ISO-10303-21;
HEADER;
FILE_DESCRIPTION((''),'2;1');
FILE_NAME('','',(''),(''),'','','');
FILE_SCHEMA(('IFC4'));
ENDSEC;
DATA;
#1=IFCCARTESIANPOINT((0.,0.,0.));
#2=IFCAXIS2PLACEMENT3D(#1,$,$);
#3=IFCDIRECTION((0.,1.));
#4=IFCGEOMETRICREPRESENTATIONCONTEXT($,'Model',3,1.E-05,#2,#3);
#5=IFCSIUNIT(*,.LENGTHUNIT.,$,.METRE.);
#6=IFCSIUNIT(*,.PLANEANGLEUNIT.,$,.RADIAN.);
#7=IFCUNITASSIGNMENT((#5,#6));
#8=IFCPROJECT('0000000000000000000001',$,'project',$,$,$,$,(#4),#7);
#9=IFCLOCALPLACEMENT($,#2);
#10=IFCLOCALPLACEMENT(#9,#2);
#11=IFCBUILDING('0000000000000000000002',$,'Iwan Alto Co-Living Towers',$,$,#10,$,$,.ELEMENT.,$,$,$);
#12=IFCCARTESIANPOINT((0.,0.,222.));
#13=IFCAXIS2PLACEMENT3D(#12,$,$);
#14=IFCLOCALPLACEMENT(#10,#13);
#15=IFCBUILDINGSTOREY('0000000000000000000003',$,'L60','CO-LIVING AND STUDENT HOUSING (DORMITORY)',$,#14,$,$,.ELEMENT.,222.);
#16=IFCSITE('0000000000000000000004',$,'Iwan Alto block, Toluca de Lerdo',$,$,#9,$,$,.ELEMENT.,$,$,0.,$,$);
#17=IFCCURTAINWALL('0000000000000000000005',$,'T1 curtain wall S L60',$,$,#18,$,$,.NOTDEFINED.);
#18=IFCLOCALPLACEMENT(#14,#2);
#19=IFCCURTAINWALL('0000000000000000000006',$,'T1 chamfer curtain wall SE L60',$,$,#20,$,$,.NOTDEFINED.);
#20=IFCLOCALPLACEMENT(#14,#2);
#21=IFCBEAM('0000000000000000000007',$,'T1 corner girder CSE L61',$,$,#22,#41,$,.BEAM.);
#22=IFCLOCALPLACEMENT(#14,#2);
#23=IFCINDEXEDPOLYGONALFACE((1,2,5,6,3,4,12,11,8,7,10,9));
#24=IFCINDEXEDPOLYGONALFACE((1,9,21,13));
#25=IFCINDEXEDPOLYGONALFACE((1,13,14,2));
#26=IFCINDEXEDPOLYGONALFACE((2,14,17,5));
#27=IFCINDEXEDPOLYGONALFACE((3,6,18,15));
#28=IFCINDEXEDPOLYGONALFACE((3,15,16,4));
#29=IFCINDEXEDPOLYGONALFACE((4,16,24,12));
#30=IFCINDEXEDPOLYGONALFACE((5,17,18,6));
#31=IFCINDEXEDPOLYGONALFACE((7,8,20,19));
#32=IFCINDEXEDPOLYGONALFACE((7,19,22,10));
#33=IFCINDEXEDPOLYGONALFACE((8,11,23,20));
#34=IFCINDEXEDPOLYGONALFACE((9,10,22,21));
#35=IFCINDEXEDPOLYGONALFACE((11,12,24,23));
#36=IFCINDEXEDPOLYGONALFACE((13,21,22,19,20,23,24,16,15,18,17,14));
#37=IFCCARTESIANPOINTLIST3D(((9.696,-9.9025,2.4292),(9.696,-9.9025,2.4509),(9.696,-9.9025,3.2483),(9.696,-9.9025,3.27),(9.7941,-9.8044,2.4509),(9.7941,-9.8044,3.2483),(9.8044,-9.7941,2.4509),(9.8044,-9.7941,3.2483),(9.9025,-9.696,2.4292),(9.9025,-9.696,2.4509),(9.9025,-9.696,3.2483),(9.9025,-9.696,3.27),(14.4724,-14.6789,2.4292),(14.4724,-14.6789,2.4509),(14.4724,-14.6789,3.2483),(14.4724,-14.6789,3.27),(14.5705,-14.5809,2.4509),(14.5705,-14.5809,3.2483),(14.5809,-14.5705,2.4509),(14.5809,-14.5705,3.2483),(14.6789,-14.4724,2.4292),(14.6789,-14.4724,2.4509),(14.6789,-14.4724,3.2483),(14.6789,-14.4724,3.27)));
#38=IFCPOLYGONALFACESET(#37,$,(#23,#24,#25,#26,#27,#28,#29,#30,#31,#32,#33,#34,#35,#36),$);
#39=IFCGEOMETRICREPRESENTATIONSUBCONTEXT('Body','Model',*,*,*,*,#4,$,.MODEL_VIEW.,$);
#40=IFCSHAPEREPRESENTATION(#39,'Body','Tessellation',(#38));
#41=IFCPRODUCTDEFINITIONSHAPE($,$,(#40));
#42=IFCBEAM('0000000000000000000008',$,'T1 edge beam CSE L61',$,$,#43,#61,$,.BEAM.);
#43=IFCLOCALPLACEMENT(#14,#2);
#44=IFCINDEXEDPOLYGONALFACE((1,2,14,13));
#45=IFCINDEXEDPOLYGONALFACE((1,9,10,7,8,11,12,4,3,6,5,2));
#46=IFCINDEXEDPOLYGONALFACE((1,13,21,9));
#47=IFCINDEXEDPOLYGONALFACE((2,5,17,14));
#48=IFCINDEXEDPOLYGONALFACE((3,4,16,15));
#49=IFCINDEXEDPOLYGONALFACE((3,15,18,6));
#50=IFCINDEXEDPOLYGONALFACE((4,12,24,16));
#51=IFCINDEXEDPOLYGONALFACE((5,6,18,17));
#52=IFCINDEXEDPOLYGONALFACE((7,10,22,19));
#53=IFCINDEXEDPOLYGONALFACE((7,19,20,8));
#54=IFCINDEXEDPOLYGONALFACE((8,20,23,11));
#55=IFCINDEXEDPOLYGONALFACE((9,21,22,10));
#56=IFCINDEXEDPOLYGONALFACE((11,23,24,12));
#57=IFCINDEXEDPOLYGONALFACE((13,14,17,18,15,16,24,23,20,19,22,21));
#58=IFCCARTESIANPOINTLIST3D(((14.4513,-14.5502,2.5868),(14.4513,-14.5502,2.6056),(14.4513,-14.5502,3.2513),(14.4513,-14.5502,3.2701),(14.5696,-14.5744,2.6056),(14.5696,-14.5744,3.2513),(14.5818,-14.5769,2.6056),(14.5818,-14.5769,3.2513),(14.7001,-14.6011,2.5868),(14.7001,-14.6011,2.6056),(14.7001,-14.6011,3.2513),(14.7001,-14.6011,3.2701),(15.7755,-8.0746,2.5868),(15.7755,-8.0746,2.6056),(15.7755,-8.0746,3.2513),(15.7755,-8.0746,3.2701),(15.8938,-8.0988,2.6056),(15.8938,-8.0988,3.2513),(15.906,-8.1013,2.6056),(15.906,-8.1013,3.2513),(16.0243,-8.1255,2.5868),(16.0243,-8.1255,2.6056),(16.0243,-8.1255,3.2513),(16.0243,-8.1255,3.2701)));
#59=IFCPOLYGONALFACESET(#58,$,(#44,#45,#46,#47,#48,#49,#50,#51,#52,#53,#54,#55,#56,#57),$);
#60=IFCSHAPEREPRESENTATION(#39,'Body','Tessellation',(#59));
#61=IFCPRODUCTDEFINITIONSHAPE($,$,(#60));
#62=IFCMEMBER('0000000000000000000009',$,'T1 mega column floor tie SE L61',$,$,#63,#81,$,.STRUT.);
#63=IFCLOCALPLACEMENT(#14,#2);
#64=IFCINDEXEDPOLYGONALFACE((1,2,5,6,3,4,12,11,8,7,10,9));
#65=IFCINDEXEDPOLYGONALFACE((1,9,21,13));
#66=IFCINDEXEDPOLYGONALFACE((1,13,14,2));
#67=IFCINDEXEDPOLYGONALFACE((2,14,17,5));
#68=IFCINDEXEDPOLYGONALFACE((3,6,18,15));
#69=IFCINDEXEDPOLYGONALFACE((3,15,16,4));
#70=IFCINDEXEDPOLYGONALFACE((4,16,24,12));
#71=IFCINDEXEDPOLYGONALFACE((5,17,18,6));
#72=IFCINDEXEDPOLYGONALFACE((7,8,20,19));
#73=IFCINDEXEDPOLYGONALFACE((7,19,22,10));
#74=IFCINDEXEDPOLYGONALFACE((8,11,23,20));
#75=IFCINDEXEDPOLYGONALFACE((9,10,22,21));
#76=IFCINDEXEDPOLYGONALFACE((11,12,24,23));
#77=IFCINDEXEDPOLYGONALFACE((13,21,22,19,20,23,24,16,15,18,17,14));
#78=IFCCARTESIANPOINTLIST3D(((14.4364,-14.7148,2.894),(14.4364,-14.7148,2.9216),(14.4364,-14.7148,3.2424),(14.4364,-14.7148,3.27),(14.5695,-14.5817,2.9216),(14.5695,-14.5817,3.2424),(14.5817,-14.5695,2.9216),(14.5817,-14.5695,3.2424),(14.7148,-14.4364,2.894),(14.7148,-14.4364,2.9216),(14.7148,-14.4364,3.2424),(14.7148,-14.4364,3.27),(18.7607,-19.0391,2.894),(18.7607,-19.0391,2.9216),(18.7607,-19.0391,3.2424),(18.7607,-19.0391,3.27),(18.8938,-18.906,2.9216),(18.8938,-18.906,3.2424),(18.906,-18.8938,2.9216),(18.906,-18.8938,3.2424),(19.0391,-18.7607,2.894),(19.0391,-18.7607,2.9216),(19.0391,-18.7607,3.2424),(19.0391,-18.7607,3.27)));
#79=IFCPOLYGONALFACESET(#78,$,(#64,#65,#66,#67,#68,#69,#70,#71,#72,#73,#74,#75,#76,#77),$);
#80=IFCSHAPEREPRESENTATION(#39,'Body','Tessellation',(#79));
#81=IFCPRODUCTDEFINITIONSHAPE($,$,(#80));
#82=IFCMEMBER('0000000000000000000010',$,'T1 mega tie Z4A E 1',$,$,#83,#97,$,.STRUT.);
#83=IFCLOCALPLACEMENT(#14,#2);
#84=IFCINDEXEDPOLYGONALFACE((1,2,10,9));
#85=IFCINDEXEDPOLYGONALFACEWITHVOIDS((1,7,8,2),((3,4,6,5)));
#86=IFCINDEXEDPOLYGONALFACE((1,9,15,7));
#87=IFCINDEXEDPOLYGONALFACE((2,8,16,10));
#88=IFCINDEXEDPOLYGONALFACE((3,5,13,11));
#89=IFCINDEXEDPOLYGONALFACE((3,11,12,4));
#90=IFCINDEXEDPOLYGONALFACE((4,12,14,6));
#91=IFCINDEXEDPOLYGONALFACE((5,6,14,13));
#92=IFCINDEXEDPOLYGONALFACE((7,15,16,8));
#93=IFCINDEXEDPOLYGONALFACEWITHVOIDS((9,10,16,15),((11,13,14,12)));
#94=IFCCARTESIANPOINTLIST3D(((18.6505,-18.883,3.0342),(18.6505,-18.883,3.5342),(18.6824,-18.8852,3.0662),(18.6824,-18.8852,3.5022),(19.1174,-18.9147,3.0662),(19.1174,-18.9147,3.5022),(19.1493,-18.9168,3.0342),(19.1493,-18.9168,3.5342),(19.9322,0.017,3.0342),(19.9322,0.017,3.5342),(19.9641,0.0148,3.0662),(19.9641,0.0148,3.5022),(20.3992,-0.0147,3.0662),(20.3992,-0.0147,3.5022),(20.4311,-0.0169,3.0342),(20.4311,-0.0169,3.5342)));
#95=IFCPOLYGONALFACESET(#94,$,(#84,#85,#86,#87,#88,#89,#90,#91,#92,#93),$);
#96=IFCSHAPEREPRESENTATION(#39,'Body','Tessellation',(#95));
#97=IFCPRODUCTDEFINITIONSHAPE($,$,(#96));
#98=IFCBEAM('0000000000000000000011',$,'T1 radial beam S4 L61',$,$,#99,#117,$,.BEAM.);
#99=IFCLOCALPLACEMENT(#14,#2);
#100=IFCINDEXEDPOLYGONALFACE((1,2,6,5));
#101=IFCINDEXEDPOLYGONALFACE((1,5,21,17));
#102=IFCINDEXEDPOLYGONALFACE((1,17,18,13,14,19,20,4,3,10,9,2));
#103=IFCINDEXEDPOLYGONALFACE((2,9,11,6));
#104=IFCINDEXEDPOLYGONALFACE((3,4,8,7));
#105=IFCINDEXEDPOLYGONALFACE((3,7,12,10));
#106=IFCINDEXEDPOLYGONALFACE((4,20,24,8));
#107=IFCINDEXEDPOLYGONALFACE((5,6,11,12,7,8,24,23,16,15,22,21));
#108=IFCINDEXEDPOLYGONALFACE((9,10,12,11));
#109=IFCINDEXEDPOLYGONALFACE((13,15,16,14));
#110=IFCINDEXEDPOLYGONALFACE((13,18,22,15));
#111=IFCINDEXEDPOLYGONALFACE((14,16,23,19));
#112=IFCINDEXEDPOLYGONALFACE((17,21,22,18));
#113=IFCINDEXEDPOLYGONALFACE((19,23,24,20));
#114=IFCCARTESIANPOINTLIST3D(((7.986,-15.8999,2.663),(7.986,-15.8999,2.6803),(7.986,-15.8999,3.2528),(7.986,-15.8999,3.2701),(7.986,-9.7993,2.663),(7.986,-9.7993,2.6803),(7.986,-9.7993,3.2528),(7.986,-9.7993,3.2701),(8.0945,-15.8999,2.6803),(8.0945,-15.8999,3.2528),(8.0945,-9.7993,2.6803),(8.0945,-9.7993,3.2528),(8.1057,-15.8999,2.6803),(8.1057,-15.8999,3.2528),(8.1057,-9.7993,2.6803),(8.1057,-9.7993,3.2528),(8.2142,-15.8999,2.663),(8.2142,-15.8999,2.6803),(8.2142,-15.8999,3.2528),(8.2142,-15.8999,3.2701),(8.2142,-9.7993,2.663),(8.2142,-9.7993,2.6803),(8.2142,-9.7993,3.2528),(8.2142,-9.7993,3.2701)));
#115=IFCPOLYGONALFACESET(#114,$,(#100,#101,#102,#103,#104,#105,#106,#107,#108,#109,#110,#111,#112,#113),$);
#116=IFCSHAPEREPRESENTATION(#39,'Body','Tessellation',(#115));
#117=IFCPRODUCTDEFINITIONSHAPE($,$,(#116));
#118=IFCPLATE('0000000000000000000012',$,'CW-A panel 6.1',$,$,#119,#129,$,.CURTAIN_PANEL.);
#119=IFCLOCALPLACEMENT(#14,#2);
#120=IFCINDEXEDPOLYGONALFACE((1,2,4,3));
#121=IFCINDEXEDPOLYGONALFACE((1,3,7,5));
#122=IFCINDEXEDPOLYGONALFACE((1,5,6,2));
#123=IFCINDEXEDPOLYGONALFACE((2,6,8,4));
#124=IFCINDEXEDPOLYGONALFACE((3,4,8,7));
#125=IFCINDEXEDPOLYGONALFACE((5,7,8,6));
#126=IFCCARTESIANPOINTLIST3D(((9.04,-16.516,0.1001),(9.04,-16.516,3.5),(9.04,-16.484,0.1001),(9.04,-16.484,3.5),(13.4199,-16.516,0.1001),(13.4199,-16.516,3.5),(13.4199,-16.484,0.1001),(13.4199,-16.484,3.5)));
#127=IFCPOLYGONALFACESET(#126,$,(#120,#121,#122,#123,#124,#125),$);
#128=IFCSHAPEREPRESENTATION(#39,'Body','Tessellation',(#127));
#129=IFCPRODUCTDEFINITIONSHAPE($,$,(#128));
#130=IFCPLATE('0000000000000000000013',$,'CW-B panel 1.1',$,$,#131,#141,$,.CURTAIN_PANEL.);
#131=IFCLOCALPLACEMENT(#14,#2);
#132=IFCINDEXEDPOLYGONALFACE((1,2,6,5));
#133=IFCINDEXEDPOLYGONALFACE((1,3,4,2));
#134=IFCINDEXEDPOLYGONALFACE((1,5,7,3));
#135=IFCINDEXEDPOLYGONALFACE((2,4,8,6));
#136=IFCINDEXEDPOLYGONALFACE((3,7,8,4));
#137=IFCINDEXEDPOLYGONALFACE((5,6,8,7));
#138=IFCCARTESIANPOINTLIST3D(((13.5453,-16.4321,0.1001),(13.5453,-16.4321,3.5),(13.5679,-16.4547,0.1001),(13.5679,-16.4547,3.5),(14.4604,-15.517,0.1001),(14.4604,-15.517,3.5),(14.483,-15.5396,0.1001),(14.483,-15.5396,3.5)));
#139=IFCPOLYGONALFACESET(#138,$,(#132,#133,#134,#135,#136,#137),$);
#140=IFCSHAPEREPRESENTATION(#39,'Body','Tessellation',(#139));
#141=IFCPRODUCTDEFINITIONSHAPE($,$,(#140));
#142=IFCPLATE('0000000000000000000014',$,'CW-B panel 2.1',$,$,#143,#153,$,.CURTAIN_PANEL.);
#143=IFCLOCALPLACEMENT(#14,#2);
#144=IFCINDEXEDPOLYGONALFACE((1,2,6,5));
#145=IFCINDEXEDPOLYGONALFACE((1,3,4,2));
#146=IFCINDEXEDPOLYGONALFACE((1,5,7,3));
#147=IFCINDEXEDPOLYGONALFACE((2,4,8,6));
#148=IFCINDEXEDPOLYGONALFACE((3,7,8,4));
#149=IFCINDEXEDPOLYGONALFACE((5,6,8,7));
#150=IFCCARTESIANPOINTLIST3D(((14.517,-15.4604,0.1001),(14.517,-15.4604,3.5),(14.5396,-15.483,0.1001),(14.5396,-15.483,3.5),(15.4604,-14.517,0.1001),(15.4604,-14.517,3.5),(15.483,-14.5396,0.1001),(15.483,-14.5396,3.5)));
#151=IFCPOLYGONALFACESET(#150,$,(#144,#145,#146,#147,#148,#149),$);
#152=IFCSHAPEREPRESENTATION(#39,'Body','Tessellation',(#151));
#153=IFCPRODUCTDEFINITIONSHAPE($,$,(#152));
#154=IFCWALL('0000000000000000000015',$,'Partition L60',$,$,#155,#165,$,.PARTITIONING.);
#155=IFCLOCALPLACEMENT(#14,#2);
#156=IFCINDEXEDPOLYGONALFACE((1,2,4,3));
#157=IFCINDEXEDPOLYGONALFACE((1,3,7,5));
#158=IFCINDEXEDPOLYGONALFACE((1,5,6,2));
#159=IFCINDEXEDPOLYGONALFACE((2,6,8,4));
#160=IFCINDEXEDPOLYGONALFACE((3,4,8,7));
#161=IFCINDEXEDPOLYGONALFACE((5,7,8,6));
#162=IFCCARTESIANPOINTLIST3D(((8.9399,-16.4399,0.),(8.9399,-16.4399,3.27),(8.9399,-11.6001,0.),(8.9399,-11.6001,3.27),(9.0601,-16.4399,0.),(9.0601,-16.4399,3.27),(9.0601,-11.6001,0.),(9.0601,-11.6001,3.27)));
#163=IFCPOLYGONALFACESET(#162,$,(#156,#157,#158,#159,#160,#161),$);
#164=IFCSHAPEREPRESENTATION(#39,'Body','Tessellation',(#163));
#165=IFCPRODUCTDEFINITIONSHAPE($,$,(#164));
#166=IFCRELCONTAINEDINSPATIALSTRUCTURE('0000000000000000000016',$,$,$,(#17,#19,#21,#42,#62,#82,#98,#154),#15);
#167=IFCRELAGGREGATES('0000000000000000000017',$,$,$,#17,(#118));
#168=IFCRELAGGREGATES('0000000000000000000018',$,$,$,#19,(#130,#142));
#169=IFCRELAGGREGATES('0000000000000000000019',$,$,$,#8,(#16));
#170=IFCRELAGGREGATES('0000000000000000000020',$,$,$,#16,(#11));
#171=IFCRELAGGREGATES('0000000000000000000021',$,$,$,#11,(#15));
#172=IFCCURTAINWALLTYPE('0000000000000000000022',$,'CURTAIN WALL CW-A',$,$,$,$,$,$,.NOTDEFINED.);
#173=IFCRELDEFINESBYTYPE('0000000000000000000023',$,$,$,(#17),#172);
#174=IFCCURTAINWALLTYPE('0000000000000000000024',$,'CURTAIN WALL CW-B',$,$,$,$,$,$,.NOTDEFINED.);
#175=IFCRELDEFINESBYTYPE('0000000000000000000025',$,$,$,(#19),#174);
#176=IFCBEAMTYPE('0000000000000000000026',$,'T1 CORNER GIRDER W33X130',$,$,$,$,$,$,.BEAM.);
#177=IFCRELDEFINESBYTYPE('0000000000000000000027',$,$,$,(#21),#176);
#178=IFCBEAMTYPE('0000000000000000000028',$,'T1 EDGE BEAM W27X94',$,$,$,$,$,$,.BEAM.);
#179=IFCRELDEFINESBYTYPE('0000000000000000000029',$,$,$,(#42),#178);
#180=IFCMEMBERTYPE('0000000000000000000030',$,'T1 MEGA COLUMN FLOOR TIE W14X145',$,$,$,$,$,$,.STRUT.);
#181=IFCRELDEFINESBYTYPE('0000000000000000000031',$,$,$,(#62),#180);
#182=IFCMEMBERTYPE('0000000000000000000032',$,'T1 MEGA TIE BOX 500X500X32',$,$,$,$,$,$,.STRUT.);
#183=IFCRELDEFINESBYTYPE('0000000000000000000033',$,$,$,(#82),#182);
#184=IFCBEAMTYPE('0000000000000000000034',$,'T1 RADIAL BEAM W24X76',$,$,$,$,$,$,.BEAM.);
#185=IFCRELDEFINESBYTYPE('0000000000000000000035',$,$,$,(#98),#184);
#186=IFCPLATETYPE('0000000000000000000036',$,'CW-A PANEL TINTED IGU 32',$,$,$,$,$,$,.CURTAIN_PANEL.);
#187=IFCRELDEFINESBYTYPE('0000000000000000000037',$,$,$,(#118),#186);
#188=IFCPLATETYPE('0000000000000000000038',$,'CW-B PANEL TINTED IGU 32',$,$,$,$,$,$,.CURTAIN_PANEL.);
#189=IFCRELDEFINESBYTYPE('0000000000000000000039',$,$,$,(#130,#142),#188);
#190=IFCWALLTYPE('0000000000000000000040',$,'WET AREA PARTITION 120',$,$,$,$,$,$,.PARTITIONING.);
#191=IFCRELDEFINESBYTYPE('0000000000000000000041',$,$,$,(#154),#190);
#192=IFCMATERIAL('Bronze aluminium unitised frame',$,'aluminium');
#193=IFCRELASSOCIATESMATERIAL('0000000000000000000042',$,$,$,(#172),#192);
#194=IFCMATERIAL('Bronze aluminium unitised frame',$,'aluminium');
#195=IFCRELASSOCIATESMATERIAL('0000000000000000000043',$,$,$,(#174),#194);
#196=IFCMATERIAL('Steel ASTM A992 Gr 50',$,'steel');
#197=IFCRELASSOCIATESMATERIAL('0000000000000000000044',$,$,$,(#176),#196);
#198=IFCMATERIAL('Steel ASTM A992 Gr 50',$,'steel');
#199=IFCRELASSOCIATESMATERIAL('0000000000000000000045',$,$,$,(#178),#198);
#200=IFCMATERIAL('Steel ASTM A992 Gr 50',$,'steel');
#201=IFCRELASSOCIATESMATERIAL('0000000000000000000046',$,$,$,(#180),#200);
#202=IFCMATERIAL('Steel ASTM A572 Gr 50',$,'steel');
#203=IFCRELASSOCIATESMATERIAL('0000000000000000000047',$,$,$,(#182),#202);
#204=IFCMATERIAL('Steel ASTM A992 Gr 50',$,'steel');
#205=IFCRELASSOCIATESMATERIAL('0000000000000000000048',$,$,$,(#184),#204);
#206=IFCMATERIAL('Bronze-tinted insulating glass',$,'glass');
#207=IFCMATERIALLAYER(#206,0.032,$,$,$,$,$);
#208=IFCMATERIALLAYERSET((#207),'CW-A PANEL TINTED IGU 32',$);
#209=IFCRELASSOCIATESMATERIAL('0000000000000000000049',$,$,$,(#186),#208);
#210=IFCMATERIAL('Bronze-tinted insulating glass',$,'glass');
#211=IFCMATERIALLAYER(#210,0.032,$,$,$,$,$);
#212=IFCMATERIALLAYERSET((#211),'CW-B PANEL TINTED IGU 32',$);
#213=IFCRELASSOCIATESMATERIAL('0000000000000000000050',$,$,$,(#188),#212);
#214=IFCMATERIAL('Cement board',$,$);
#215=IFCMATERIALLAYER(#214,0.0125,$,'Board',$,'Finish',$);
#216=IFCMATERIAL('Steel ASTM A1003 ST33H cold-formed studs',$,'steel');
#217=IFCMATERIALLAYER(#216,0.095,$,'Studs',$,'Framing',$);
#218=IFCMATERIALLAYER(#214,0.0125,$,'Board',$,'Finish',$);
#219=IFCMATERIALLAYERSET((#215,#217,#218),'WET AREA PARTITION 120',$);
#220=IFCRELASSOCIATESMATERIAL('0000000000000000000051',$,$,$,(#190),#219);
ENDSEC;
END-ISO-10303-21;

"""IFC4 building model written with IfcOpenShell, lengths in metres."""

from ifc_helpers import new_model, si_unit, direction, frame, frame_2d, origin, origin_2d, place, context, subcontext, project, spatial, rectangle, hollow_rectangle, i_section, extrude, material, layer, layer_set, material_profile, profile_set, type_object, element, aggregate, save


model = new_model("IFC4")

# Units and contexts
model_context = context("Model", 3, precision=1e-05, world=origin(), true_north=direction((0.0, 1.0)))
body_context = subcontext(model_context, "Body", "Model", "MODEL_VIEW")
ifc_project = project(units=[si_unit("LENGTHUNIT", "METRE"), si_unit("PLANEANGLEUNIT", "RADIAN")], contexts=[model_context])

# Site, building, storey
site_placement = place(None, origin())
site = spatial("IfcSite", under=ifc_project, at=site_placement, Name="Iwan Alto block, Toluca de Lerdo", CompositionType="ELEMENT", RefElevation=0.0)
building_placement = place(site_placement, origin())
building = spatial("IfcBuilding", under=site, at=building_placement, Name="Iwan Alto Co-Living Towers", CompositionType="ELEMENT")
storey_placement = place(building_placement, frame((0.0, 0.0, 222.0)))
storey = spatial("IfcBuildingStorey", under=building, at=storey_placement, Name="L60", Description="CO-LIVING AND STUDENT HOUSING (DORMITORY)", CompositionType="ELEMENT", Elevation=222.0)

# Curtain walls
ifc_material_1 = material(Name="Bronze aluminium unitised frame", Category="aluminium")
curtain_wall_type_1 = type_object("IfcCurtainWallType", Name="CURTAIN WALL CW-A", PredefinedType="NOTDEFINED", material=ifc_material_1)
curtain_wall_1_placement = place(storey_placement, origin())
curtain_wall_1 = element("IfcCurtainWall", 1, at=curtain_wall_1_placement, inside=storey, type_object=curtain_wall_type_1, Name="T1 curtain wall S L60", PredefinedType="NOTDEFINED")
ifc_material_2 = material(Name="Bronze aluminium unitised frame", Category="aluminium")
curtain_wall_type_2 = type_object("IfcCurtainWallType", Name="CURTAIN WALL CW-B", PredefinedType="NOTDEFINED", material=ifc_material_2)
curtain_wall_2_placement = place(storey_placement, origin())
curtain_wall_2 = element("IfcCurtainWall", 2, at=curtain_wall_2_placement, inside=storey, type_object=curtain_wall_type_2, Name="T1 chamfer curtain wall SE L60", PredefinedType="NOTDEFINED")

# Beams
ifc_material_3 = material(Name="Steel ASTM A992 Gr 50", Category="steel")
ifc_material_profile_1 = material_profile(ifc_material_3, i_section(OverallWidth=0.292, OverallDepth=0.8408, WebThickness=0.0146, FlangeThickness=0.0217, at=origin_2d()), Name="W33X130")
ifc_profile_set_1 = profile_set([ifc_material_profile_1], Name="Steel ASTM A992 Gr 50")
beam_type_1 = type_object("IfcBeamType", Name="T1 CORNER GIRDER W33X130", PredefinedType="BEAM", material=ifc_profile_set_1)
beam_1_placement = place(storey_placement, frame((14.5757, -14.5757, 2.8496), z_axis=(-0.707107, 0.707107, 0.0), x_axis=(-0.707107, -0.707107, 0.0)))
element("IfcBeam", 3, at=beam_1_placement, inside=storey, type_object=beam_type_1, Name="T1 corner girder CSE L61", PredefinedType="BEAM", context=body_context, shape_type="SweptSolid", body=[
    extrude(i_section(OverallWidth=0.292, OverallDepth=0.8408, WebThickness=0.0146, FlangeThickness=0.0217, at=origin_2d()), origin(), (0.0, 0.0, 1.0), 6.7549),
])
ifc_material_4 = material(Name="Steel ASTM A992 Gr 50", Category="steel")
ifc_material_profile_2 = material_profile(ifc_material_4, i_section(OverallWidth=0.2539, OverallDepth=0.6833, WebThickness=0.0125, FlangeThickness=0.0188, at=origin_2d()), Name="W27X94")
ifc_profile_set_2 = profile_set([ifc_material_profile_2], Name="Steel ASTM A992 Gr 50")
beam_type_2 = type_object("IfcBeamType", Name="T1 EDGE BEAM W27X94", PredefinedType="BEAM", material=ifc_profile_set_2)
beam_2_placement = place(storey_placement, frame((14.5757, -14.5757, 2.9285), z_axis=(0.200348, 0.979725, 0.0), x_axis=(-0.979725, 0.200348, 0.0)))
element("IfcBeam", 4, at=beam_2_placement, inside=storey, type_object=beam_type_2, Name="T1 edge beam CSE L61", PredefinedType="BEAM", context=body_context, shape_type="SweptSolid", body=[
    extrude(i_section(OverallWidth=0.2539, OverallDepth=0.6833, WebThickness=0.0125, FlangeThickness=0.0188, at=origin_2d()), origin(), (0.0, 0.0, 1.0), 6.6096),
])

# Members
ifc_material_5 = material(Name="Steel ASTM A992 Gr 50", Category="steel")
ifc_material_profile_3 = material_profile(ifc_material_5, i_section(OverallWidth=0.3938, OverallDepth=0.376, WebThickness=0.0173, FlangeThickness=0.0276, at=origin_2d()), Name="W14X145")
ifc_profile_set_3 = profile_set([ifc_material_profile_3], Name="Steel ASTM A992 Gr 50")
member_type_1 = type_object("IfcMemberType", Name="T1 MEGA COLUMN FLOOR TIE W14X145", PredefinedType="STRUT", material=ifc_profile_set_3)
member_1_placement = place(storey_placement, frame((18.8999, -18.8999, 3.082), z_axis=(-0.707107, 0.707107, 0.0), x_axis=(-0.707107, -0.707107, 0.0)))
element("IfcMember", 5, at=member_1_placement, inside=storey, type_object=member_type_1, Name="T1 mega column floor tie SE L61", PredefinedType="STRUT", context=body_context, shape_type="SweptSolid", body=[
    extrude(i_section(OverallWidth=0.3938, OverallDepth=0.376, WebThickness=0.0173, FlangeThickness=0.0276, at=origin_2d()), origin(), (0.0, 0.0, 1.0), 6.1155),
])
ifc_material_6 = material(Name="Steel ASTM A572 Gr 50", Category="steel")
ifc_material_profile_4 = material_profile(ifc_material_6, hollow_rectangle(XDim=0.5, YDim=0.5, WallThickness=0.032, at=origin_2d()), Name="BOX 500X500X32")
ifc_profile_set_4 = profile_set([ifc_material_profile_4], Name="Steel ASTM A572 Gr 50")
member_type_2 = type_object("IfcMemberType", Name="T1 MEGA TIE BOX 500X500X32", PredefinedType="STRUT", material=ifc_profile_set_4)
member_2_placement = place(storey_placement, frame((18.8999, -18.8999, 3.2842), z_axis=(0.067662, 0.997708, 0.0), x_axis=(-0.997708, 0.067662, 0.0)))
element("IfcMember", 6, at=member_2_placement, inside=storey, type_object=member_type_2, Name="T1 mega tie Z4A E 1", PredefinedType="STRUT", context=body_context, shape_type="SweptSolid", body=[
    extrude(hollow_rectangle(XDim=0.5, YDim=0.5, WallThickness=0.032, at=origin_2d()), origin(), (0.0, 0.0, 1.0), 18.9434),
])

# Beam
ifc_material_7 = material(Name="Steel ASTM A992 Gr 50", Category="steel")
ifc_material_profile_5 = material_profile(ifc_material_7, i_section(OverallWidth=0.2283, OverallDepth=0.6072, WebThickness=0.0112, FlangeThickness=0.0173, at=origin_2d()), Name="W24X76")
ifc_profile_set_5 = profile_set([ifc_material_profile_5], Name="Steel ASTM A992 Gr 50")
beam_type_3 = type_object("IfcBeamType", Name="T1 RADIAL BEAM W24X76", PredefinedType="BEAM", material=ifc_profile_set_5)
beam_3_placement = place(storey_placement, frame((8.1001, -15.8999, 2.9666), z_axis=(0.0, 1.0, 0.0), x_axis=(-1.0, 0.0, 0.0)))
element("IfcBeam", 7, at=beam_3_placement, inside=storey, type_object=beam_type_3, Name="T1 radial beam S4 L61", PredefinedType="BEAM", context=body_context, shape_type="SweptSolid", body=[
    extrude(i_section(OverallWidth=0.2283, OverallDepth=0.6072, WebThickness=0.0112, FlangeThickness=0.0173, at=origin_2d()), origin(), (0.0, 0.0, 1.0), 6.1006),
])

# Plates
ifc_material_8 = material(Name="Bronze-tinted insulating glass", Category="glass")
ifc_layer_1 = layer(ifc_material_8, 0.032)
ifc_layer_set_1 = layer_set([ifc_layer_1], Name="CW-A PANEL TINTED IGU 32")
plate_type_1 = type_object("IfcPlateType", Name="CW-A PANEL TINTED IGU 32", PredefinedType="CURTAIN_PANEL", material=ifc_layer_set_1)
plate_1_placement = place(storey_placement, frame((11.23, -16.5, 0.1001), z_axis=(0.0, 0.0, 1.0), x_axis=(1.0, 0.0, 0.0)))
plate_1 = element("IfcPlate", 8, at=plate_1_placement, type_object=plate_type_1, Name="CW-A panel 6.1", PredefinedType="CURTAIN_PANEL", context=body_context, shape_type="SweptSolid", body=[
    extrude(rectangle(XDim=4.3799, YDim=0.032, at=origin_2d()), origin(), (0.0, 0.0, 1.0), 3.3999),
])
aggregate(curtain_wall_1, [plate_1])
ifc_material_9 = material(Name="Bronze-tinted insulating glass", Category="glass")
ifc_layer_2 = layer(ifc_material_9, 0.032)
ifc_layer_set_2 = layer_set([ifc_layer_2], Name="CW-B PANEL TINTED IGU 32")
plate_type_2 = type_object("IfcPlateType", Name="CW-B PANEL TINTED IGU 32", PredefinedType="CURTAIN_PANEL", material=ifc_layer_set_2)
plate_2_placement = place(storey_placement, frame((14.0142, -15.9858, 0.1001), z_axis=(0.0, 0.0, 1.0), x_axis=(0.707107, 0.707107, 0.0)))
plate_2 = element("IfcPlate", 9, at=plate_2_placement, type_object=plate_type_2, Name="CW-B panel 1.1", PredefinedType="CURTAIN_PANEL", context=body_context, shape_type="SweptSolid", body=[
    extrude(rectangle(XDim=1.2942, YDim=0.032, at=origin_2d()), origin(), (0.0, 0.0, 1.0), 3.3999),
])
plate_3_placement = place(storey_placement, frame((15.0, -15.0, 0.1001), z_axis=(0.0, 0.0, 1.0), x_axis=(0.707107, 0.707107, 0.0)))
plate_3 = element("IfcPlate", 10, at=plate_3_placement, type_object=plate_type_2, Name="CW-B panel 2.1", PredefinedType="CURTAIN_PANEL", context=body_context, shape_type="SweptSolid", body=[
    extrude(rectangle(XDim=1.3342, YDim=0.032, at=origin_2d()), origin(), (0.0, 0.0, 1.0), 3.3999),
])
aggregate(curtain_wall_2, [plate_2, plate_3])

# Wall
ifc_material_10 = material(Name="Cement board")
ifc_layer_3 = layer(ifc_material_10, 0.0125, Name="Board", Category="Finish")
ifc_material_11 = material(Name="Steel ASTM A1003 ST33H cold-formed studs", Category="steel")
ifc_layer_4 = layer(ifc_material_11, 0.095, Name="Studs", Category="Framing")
ifc_layer_5 = layer(ifc_material_10, 0.0125, Name="Board", Category="Finish")
ifc_layer_set_3 = layer_set([ifc_layer_3, ifc_layer_4, ifc_layer_5], Name="WET AREA PARTITION 120")
wall_type = type_object("IfcWallType", Name="WET AREA PARTITION 120", PredefinedType="PARTITIONING", material=ifc_layer_set_3)
wall_placement = place(storey_placement, frame((9.0, -16.4399, 0.0), z_axis=(0.0, 0.0, 1.0), x_axis=(0.0, 1.0, 0.0)))
element("IfcWall", 11, at=wall_placement, inside=storey, type_object=wall_type, Name="Partition L60", PredefinedType="PARTITIONING", context=body_context, shape_type="SweptSolid", body=[
    extrude(rectangle(XDim=4.8398, YDim=0.1201, at=frame_2d((2.4199, 0.0))), origin(), (0.0, 0.0, 1.0), 3.27),
])

save(model, "model.ifc")
